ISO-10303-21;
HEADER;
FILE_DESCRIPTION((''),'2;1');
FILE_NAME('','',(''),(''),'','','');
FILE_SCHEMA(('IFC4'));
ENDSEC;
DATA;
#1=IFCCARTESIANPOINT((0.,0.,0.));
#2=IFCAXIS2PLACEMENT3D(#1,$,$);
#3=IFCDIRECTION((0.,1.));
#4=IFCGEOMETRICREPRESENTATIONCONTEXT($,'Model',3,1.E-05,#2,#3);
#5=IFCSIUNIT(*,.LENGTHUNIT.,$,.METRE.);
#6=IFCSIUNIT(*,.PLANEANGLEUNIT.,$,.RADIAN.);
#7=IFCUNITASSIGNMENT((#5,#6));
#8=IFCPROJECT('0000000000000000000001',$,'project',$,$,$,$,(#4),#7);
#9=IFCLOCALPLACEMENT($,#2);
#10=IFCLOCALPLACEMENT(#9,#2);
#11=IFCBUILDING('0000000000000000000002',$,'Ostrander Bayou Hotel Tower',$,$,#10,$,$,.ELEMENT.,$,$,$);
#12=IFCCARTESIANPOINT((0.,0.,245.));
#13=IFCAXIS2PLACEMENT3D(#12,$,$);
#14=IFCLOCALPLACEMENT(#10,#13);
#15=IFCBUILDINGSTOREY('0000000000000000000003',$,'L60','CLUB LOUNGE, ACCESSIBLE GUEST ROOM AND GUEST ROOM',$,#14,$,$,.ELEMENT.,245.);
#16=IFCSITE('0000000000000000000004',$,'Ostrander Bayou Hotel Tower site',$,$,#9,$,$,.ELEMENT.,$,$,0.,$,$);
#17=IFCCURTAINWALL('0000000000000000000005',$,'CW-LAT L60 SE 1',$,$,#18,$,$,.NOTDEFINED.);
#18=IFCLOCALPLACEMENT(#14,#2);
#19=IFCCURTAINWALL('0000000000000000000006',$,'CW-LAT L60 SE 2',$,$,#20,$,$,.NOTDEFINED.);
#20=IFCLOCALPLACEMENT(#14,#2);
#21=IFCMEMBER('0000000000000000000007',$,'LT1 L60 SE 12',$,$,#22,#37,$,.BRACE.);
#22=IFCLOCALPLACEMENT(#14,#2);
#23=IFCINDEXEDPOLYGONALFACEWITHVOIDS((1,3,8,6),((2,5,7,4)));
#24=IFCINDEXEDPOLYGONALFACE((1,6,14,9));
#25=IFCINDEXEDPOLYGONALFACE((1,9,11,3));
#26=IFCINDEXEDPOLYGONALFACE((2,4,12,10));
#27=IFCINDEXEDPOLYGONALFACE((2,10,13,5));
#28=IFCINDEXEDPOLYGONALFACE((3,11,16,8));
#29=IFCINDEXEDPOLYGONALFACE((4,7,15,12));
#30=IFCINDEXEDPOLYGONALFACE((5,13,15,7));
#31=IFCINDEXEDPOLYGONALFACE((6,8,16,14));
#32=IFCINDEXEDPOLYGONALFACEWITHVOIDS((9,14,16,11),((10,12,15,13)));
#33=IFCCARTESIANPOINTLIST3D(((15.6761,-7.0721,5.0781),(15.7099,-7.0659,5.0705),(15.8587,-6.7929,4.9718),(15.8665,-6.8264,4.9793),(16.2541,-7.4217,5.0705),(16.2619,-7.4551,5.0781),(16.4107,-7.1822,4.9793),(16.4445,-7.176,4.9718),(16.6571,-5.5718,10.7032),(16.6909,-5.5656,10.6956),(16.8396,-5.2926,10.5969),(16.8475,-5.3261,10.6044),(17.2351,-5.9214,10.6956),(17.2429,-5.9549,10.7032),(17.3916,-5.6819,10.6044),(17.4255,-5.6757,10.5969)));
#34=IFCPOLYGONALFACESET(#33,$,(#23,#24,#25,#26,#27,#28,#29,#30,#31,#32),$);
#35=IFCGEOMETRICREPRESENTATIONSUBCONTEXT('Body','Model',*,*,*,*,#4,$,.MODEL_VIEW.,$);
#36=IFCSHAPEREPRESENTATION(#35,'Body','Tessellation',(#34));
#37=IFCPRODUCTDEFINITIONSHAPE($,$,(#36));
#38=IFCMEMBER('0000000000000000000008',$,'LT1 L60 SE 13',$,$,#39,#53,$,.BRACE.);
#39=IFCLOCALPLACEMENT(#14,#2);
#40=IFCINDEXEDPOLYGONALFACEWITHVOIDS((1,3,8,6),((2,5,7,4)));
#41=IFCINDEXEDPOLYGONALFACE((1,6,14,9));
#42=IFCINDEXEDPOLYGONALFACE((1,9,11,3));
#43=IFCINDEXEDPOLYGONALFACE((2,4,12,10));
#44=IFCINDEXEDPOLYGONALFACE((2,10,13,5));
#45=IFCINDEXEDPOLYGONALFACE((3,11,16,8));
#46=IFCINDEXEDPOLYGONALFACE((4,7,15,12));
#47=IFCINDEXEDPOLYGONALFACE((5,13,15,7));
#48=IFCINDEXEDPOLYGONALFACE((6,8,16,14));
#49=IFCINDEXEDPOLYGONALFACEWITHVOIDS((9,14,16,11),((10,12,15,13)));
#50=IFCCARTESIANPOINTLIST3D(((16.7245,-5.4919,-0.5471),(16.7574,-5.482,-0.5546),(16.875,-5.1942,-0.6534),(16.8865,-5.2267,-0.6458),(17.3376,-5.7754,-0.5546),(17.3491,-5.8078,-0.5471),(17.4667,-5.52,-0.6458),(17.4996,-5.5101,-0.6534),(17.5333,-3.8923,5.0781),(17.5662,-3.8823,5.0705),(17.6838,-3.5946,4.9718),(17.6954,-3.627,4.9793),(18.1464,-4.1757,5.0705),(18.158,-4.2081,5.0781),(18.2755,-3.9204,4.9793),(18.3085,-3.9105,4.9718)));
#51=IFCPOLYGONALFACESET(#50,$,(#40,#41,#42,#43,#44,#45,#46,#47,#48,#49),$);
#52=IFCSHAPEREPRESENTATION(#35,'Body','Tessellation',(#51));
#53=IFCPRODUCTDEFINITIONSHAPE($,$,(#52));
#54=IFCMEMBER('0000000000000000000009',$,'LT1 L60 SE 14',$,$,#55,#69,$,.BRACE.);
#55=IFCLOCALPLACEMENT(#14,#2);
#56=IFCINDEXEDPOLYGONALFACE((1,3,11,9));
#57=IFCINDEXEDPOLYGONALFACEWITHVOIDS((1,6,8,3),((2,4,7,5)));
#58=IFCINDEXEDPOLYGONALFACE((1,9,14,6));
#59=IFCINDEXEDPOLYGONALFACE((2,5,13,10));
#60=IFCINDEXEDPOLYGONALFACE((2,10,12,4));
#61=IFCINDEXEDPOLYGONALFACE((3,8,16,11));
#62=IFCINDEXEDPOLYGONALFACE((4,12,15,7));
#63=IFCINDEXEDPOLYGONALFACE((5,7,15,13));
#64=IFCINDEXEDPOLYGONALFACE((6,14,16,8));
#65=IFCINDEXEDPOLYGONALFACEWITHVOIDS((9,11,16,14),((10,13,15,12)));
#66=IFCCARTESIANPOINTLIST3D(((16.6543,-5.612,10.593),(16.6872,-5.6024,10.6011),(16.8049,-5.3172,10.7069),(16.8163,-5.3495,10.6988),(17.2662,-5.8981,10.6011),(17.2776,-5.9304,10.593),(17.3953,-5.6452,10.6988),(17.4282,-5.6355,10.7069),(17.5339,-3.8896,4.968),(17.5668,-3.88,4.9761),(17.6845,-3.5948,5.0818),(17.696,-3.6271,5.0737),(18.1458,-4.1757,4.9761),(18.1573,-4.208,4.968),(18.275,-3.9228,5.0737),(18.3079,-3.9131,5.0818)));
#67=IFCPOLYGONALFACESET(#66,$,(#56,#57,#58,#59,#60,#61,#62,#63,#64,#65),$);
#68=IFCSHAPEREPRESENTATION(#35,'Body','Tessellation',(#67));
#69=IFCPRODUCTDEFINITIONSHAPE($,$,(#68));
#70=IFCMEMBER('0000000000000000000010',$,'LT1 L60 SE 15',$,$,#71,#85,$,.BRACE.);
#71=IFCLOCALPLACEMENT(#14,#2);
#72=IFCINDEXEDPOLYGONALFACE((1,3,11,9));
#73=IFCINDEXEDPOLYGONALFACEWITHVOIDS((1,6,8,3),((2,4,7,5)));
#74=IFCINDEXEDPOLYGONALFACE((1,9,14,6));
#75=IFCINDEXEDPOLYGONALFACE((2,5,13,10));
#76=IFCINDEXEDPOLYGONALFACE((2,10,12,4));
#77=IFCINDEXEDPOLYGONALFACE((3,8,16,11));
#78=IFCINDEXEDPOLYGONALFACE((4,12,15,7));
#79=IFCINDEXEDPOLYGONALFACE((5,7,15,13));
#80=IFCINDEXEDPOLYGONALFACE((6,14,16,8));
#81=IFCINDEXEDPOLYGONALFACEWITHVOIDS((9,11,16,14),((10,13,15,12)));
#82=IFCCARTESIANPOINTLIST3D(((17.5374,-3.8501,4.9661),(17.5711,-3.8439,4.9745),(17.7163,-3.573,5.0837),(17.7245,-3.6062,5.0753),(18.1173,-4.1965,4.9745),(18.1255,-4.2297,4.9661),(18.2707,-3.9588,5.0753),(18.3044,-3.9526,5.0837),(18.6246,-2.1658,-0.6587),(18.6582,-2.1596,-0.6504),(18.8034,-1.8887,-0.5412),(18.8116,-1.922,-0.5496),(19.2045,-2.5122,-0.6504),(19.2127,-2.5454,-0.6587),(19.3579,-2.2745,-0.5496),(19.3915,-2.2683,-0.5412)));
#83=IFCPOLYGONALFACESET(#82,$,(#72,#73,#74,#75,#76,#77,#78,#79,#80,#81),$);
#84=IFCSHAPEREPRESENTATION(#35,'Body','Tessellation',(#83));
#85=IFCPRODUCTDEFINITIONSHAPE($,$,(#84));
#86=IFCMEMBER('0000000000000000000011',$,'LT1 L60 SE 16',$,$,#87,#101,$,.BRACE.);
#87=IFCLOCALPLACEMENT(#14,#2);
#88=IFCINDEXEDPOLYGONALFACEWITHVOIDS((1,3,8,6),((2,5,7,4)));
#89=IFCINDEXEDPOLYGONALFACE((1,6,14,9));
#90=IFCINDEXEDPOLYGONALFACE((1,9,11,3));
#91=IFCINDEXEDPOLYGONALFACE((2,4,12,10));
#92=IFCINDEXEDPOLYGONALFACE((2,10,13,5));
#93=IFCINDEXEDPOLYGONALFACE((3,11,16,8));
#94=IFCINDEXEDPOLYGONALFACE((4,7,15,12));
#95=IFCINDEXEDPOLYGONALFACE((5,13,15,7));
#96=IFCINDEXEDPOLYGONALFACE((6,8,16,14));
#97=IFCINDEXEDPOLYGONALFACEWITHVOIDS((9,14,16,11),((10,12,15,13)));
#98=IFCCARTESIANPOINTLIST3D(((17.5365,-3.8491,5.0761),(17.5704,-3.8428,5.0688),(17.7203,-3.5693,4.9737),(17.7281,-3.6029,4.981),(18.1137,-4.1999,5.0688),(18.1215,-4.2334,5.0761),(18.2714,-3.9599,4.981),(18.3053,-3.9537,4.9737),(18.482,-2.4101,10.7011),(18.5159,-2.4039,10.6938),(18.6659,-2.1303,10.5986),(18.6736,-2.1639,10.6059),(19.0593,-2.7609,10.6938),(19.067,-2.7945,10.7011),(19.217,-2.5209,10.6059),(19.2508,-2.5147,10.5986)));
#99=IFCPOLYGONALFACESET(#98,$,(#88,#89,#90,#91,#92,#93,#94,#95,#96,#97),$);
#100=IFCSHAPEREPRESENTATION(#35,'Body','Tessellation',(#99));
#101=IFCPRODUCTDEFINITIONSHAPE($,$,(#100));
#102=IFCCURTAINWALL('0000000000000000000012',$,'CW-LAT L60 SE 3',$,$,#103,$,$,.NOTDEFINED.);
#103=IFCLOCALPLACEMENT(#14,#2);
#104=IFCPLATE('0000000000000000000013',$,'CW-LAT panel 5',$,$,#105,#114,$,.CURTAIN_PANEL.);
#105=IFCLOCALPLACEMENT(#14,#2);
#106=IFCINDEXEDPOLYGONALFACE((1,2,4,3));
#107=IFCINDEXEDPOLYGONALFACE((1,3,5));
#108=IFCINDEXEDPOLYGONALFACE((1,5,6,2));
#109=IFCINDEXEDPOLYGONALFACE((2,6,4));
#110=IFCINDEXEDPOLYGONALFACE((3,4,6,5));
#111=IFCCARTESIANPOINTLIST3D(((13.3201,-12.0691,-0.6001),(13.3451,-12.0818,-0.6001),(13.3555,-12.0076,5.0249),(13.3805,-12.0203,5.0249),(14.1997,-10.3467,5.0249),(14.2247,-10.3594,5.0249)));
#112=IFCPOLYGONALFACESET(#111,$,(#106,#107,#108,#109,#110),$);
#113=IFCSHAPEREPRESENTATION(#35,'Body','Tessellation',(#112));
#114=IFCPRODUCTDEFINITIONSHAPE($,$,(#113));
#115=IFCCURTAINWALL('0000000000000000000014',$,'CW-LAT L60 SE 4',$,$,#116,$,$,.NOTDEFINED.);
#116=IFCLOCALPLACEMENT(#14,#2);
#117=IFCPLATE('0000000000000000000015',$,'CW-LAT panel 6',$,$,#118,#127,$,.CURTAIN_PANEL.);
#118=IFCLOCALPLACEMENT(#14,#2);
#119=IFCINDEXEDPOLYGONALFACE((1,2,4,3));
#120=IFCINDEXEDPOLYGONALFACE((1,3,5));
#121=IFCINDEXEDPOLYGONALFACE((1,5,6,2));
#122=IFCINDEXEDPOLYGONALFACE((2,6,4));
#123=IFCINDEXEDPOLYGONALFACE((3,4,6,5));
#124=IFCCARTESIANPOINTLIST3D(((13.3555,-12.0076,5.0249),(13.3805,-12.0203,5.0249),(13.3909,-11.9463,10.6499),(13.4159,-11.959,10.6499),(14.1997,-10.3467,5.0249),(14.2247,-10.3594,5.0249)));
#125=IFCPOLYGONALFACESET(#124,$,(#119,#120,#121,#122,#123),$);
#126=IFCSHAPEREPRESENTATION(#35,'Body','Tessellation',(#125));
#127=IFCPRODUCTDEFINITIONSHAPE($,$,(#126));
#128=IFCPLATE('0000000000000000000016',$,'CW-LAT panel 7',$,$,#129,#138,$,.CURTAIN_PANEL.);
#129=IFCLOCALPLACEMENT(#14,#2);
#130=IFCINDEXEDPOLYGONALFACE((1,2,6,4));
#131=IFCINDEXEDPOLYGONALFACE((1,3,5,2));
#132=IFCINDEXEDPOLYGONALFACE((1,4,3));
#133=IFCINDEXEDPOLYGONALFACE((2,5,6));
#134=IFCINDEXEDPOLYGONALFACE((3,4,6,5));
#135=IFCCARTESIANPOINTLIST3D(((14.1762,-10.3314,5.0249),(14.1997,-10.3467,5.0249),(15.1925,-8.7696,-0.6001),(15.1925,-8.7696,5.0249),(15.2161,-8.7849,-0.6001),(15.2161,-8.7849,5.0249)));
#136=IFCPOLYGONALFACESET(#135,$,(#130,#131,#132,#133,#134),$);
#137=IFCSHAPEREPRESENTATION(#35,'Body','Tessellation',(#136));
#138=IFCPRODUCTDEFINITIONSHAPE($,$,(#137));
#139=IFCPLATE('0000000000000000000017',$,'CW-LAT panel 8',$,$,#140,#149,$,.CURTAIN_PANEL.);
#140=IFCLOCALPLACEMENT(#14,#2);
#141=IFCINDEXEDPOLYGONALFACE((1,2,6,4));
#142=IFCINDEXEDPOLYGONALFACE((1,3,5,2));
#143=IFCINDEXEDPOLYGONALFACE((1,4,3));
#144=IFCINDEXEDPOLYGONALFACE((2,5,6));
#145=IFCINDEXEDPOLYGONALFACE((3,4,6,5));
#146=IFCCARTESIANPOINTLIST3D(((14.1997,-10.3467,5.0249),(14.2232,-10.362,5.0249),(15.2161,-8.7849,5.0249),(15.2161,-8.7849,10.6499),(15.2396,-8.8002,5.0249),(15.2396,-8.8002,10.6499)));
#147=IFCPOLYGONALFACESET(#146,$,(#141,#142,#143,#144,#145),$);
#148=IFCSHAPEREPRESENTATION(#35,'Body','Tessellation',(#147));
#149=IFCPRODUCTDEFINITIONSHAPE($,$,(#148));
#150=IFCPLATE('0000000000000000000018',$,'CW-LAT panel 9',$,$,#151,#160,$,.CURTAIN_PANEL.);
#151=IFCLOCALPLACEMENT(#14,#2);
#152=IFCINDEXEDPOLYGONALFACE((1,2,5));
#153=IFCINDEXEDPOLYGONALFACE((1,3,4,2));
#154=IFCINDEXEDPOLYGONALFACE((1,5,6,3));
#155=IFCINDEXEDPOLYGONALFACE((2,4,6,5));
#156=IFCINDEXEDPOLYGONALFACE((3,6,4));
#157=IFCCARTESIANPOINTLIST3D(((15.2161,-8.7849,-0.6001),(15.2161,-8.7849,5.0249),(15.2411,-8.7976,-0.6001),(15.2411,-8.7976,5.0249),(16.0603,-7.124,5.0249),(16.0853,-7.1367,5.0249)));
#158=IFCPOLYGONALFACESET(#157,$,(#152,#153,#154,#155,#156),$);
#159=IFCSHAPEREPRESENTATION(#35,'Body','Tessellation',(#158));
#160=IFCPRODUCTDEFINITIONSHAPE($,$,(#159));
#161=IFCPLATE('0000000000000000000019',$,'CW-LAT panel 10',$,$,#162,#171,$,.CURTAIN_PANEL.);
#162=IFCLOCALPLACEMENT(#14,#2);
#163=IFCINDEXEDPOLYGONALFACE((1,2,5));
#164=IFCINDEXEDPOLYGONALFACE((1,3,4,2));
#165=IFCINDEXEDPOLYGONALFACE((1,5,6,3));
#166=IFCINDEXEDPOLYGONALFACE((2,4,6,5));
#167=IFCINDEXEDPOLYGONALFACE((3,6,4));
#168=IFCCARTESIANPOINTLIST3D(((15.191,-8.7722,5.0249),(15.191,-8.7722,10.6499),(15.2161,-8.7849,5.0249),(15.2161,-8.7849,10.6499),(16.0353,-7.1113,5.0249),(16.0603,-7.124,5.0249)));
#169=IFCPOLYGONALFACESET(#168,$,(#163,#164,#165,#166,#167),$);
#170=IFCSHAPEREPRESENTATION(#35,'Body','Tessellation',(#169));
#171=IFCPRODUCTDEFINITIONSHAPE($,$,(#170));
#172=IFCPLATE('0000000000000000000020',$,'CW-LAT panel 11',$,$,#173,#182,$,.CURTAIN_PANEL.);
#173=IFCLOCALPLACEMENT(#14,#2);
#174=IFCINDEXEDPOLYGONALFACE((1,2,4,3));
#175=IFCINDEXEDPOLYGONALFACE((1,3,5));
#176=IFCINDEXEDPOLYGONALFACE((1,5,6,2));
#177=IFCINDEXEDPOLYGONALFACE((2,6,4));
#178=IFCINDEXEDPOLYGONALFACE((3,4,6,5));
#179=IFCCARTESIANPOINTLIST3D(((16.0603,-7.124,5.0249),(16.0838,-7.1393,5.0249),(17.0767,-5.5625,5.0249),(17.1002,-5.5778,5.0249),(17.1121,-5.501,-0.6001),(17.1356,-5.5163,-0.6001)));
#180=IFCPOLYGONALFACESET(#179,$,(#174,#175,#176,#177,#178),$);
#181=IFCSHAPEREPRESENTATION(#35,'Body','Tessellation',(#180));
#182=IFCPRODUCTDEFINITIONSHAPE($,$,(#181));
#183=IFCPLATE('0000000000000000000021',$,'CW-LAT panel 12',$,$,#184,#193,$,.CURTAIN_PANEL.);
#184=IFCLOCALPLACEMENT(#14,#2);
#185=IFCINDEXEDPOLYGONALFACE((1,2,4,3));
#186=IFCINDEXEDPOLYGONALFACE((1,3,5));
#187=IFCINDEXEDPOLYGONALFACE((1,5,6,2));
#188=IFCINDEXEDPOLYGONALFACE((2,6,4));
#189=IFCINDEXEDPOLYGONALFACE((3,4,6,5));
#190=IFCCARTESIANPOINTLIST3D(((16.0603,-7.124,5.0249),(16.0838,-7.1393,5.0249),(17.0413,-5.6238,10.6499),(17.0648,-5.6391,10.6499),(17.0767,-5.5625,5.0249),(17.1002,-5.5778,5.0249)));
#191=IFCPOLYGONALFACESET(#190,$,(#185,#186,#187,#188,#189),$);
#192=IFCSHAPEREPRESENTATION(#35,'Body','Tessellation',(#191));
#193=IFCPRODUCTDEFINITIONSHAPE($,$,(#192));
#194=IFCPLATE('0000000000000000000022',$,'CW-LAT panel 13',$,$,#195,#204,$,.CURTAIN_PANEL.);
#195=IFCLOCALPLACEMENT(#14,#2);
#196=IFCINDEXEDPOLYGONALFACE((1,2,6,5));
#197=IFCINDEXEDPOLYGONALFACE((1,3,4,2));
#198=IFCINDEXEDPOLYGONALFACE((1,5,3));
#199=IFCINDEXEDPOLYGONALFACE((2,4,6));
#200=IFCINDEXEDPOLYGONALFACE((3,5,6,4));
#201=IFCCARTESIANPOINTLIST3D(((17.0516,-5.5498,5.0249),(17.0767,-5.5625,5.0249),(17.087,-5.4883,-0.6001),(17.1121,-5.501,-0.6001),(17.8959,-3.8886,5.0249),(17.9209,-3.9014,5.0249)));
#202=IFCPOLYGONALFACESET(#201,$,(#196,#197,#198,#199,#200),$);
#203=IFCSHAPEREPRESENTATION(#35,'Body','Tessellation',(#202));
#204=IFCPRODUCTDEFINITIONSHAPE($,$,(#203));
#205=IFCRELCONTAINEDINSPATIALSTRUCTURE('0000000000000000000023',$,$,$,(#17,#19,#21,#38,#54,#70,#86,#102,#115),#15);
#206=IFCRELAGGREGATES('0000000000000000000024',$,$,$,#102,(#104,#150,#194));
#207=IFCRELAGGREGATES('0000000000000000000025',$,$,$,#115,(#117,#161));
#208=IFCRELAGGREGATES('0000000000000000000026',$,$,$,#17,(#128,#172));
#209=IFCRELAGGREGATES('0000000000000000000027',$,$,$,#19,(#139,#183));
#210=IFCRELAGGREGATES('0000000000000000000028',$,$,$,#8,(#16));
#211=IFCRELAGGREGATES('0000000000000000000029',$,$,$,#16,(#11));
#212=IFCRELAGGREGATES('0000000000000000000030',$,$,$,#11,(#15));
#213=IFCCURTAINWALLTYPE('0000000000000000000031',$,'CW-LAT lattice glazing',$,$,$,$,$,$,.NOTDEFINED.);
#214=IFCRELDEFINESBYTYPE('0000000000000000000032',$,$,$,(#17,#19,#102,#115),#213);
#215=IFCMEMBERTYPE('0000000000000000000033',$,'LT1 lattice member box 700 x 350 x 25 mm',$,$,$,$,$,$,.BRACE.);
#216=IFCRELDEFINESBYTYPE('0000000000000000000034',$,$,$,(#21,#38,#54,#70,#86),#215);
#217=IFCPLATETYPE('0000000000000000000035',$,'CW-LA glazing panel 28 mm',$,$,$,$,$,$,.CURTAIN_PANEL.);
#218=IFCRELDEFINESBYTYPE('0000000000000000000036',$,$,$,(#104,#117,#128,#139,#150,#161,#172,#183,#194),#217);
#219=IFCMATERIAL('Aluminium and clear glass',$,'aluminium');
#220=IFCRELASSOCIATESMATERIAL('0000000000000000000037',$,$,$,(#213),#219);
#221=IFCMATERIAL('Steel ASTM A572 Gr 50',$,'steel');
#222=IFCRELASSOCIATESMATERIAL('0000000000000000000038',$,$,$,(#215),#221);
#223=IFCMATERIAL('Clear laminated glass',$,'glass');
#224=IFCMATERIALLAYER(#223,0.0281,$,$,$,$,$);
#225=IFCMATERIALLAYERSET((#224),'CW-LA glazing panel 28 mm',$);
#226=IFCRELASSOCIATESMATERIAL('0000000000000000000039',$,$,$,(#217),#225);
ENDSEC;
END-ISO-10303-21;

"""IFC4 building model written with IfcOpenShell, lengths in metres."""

from ifc_helpers import new_model, si_unit, direction, frame, origin, origin_2d, place, context, subcontext, project, spatial, polyline, hollow_rectangle, outline, extrude, material, layer, layer_set, material_profile, profile_set, type_object, element, aggregate, save


model = new_model("IFC4")

# Units and contexts
model_context = context("Model", 3, precision=1e-05, world=origin(), true_north=direction((0.0, 1.0)))
body_context = subcontext(model_context, "Body", "Model", "MODEL_VIEW")
ifc_project = project(units=[si_unit("LENGTHUNIT", "METRE"), si_unit("PLANEANGLEUNIT", "RADIAN")], contexts=[model_context])

# Site, building, storey
site_placement = place(None, origin())
site = spatial("IfcSite", under=ifc_project, at=site_placement, Name="Ostrander Bayou Hotel Tower site", CompositionType="ELEMENT", RefElevation=0.0)
building_placement = place(site_placement, origin())
building = spatial("IfcBuilding", under=site, at=building_placement, Name="Ostrander Bayou Hotel Tower", CompositionType="ELEMENT")
storey_placement = place(building_placement, frame((0.0, 0.0, 245.0)))
storey = spatial("IfcBuildingStorey", under=building, at=storey_placement, Name="L60", Description="CLUB LOUNGE, ACCESSIBLE GUEST ROOM AND GUEST ROOM", CompositionType="ELEMENT", Elevation=245.0)

# Curtain walls
ifc_material_1 = material(Name="Aluminium and clear glass", Category="aluminium")
curtain_wall_type = type_object("IfcCurtainWallType", Name="CW-LAT lattice glazing", PredefinedType="NOTDEFINED", material=ifc_material_1)
curtain_wall_1_placement = place(storey_placement, origin())
curtain_wall_1 = element("IfcCurtainWall", 1, at=curtain_wall_1_placement, inside=storey, type_object=curtain_wall_type, Name="CW-LAT L60 SE 1", PredefinedType="NOTDEFINED")
curtain_wall_2_placement = place(storey_placement, origin())
curtain_wall_2 = element("IfcCurtainWall", 2, at=curtain_wall_2_placement, inside=storey, type_object=curtain_wall_type, Name="CW-LAT L60 SE 2", PredefinedType="NOTDEFINED")

# Members
ifc_material_2 = material(Name="Steel ASTM A572 Gr 50", Category="steel")
ifc_material_profile_1 = material_profile(ifc_material_2, hollow_rectangle(XDim=0.7, YDim=0.3501, WallThickness=0.0249, at=origin_2d()))
ifc_profile_set_1 = profile_set([ifc_material_profile_1], Name="Steel ASTM A572 Gr 50")
member_type_1 = type_object("IfcMemberType", Name="LT1 lattice member box 700 x 350 x 25 mm", PredefinedType="BRACE", material=ifc_profile_set_1)
for number, where, z_axis, x_axis, name in (
    (3, (16.0603, -7.124, 5.0249), (0.16616, 0.254119, 0.952793), (-0.836962, 0.54726, 0.0), "LT1 L60 SE 12"),
    (4, (17.9209, -3.9014, 5.0249), (-0.137005, -0.270951, -0.952793), (0.892402, -0.451241, 0.0), "LT1 L60 SE 13"),
):
    element("IfcMember", number, at=place(storey_placement, frame(where, z_axis=z_axis, x_axis=x_axis)), inside=storey, type_object=member_type_1, Name=name, PredefinedType="BRACE", context=body_context, shape_type="SweptSolid", body=[
        extrude(hollow_rectangle(XDim=0.7, YDim=0.3501, WallThickness=0.0249, at=origin_2d()), origin(), (0.0, 0.0, 1.0), 5.9038),
    ])
member_1_placement = place(storey_placement, frame((17.9209, -3.9014, 5.0249), z_axis=(-0.147883, -0.289569, 0.945664), x_axis=(0.890582, -0.454822, 0.0)))
element("IfcMember", 5, at=member_1_placement, inside=storey, type_object=member_type_1, Name="LT1 L60 SE 14", PredefinedType="BRACE", context=body_context, shape_type="SweptSolid", body=[
    extrude(hollow_rectangle(XDim=0.7, YDim=0.3501, WallThickness=0.0249, at=origin_2d()), origin(), (0.0, 0.0, 1.0), 5.9482),
])
member_2_placement = place(storey_placement, frame((17.9209, -3.9014, 5.0249), z_axis=(0.182056, 0.282058, -0.941965), x_axis=(-0.840184, 0.542302, 0.0)))
element("IfcMember", 6, at=member_2_placement, inside=storey, type_object=member_type_1, Name="LT1 L60 SE 15", PredefinedType="BRACE", context=body_context, shape_type="SweptSolid", body=[
    extrude(hollow_rectangle(XDim=0.7, YDim=0.3501, WallThickness=0.0249, at=origin_2d()), origin(), (0.0, 0.0, 1.0), 5.9714),
])
member_3_placement = place(storey_placement, frame((17.9209, -3.9014, 5.0249), z_axis=(0.160737, 0.244613, 0.956205), x_axis=(-0.835718, 0.549158, 0.0)))
element("IfcMember", 7, at=member_3_placement, inside=storey, type_object=member_type_1, Name="LT1 L60 SE 16", PredefinedType="BRACE", context=body_context, shape_type="SweptSolid", body=[
    extrude(hollow_rectangle(XDim=0.7, YDim=0.3501, WallThickness=0.0249, at=origin_2d()), origin(), (0.0, 0.0, 1.0), 5.8826),
])

# Curtain walls, plates
curtain_wall_3_placement = place(storey_placement, origin())
curtain_wall_3 = element("IfcCurtainWall", 8, at=curtain_wall_3_placement, inside=storey, type_object=curtain_wall_type, Name="CW-LAT L60 SE 3", PredefinedType="NOTDEFINED")
ifc_material_3 = material(Name="Clear laminated glass", Category="glass")
ifc_layer_1 = layer(ifc_material_3, 0.0281)
ifc_layer_set_1 = layer_set([ifc_layer_1], Name="CW-LA glazing panel 28 mm")
plate_type = type_object("IfcPlateType", Name="CW-LA glazing panel 28 mm", PredefinedType="CURTAIN_PANEL", material=ifc_layer_set_1)
plate_1_placement = place(storey_placement, frame((14.1997, -10.3467, 5.0249), z_axis=(-0.891446, 0.453127, 0.000654), x_axis=(-0.147883, -0.289569, -0.945664)))
plate_1 = element("IfcPlate", 9, at=plate_1_placement, type_object=plate_type, Name="CW-LAT panel 5", PredefinedType="CURTAIN_PANEL", context=body_context, shape_type="SweptSolid", body=[
    extrude(outline(polyline([(0.0, 0.0), (5.9482, 0.0), (0.6058, 1.7619), (0.0, 0.0)])), origin(), (0.0, 0.0, -1.0), 0.0281),
])
curtain_wall_4_placement = place(storey_placement, origin())
curtain_wall_4 = element("IfcCurtainWall", 10, at=curtain_wall_4_placement, inside=storey, type_object=curtain_wall_type, Name="CW-LAT L60 SE 4", PredefinedType="NOTDEFINED")
plate_2_placement = place(storey_placement, frame((14.1997, -10.3467, 5.0249), z_axis=(-0.891446, 0.453127, 0.000674), x_axis=(-0.137005, -0.270951, 0.952793)))
plate_2 = element("IfcPlate", 11, at=plate_2_placement, type_object=plate_type, Name="CW-LAT panel 6", PredefinedType="CURTAIN_PANEL", context=body_context, shape_type="SweptSolid", body=[
    extrude(outline(polyline([(0.0, 0.0), (5.9037, 0.0), (0.5657, -1.7752), (0.0, 0.0)])), origin(), (0.0, 0.0, -1.0), 0.0281),
])

# Plates
plate_3_placement = place(storey_placement, frame((14.1997, -10.3467, 5.0249), z_axis=(0.838147, -0.545444, 0.0), x_axis=(0.17152, 0.263563, -0.949271)))
plate_3 = element("IfcPlate", 12, at=plate_3_placement, type_object=plate_type, Name="CW-LAT panel 7", PredefinedType="CURTAIN_PANEL", context=body_context, shape_type="SweptSolid", body=[
    extrude(outline(polyline([(0.0, 0.0), (5.9256, 0.0), (0.5859, 1.7688), (0.0, 0.0)])), origin(), (0.0, 0.0, -1.0), 0.0281),
])
plate_4_placement = place(storey_placement, frame((14.1997, -10.3467, 5.0249), z_axis=(-0.838147, 0.545444, 0.0), x_axis=(0.17152, 0.263563, 0.949271)))
plate_4 = element("IfcPlate", 13, at=plate_4_placement, type_object=plate_type, Name="CW-LAT panel 8", PredefinedType="CURTAIN_PANEL", context=body_context, shape_type="SweptSolid", body=[
    extrude(outline(polyline([(0.0, 0.0), (5.9256, 0.0), (0.5859, 1.7688), (0.0, 0.0)])), origin(), (0.0, 0.0, -1.0), 0.0281),
])
plate_5_placement = place(storey_placement, frame((16.0603, -7.124, 5.0249), z_axis=(-0.891446, 0.453127, 0.0), x_axis=(-0.142475, -0.280294, -0.949282)))
plate_5 = element("IfcPlate", 14, at=plate_5_placement, type_object=plate_type, Name="CW-LAT panel 9", PredefinedType="CURTAIN_PANEL", context=body_context, shape_type="SweptSolid", body=[
    extrude(outline(polyline([(0.0, 0.0), (5.9255, 0.0), (0.5858, 1.7686), (0.0, 0.0)])), origin(), (0.0, 0.0, -1.0), 0.0281),
])
plate_6_placement = place(storey_placement, frame((16.0603, -7.124, 5.0249), z_axis=(0.891446, -0.453127, 0.0), x_axis=(-0.142475, -0.280294, 0.949282)))
plate_6 = element("IfcPlate", 15, at=plate_6_placement, type_object=plate_type, Name="CW-LAT panel 10", PredefinedType="CURTAIN_PANEL", context=body_context, shape_type="SweptSolid", body=[
    extrude(outline(polyline([(0.0, 0.0), (5.9255, 0.0), (0.5858, 1.7686), (0.0, 0.0)])), origin(), (0.0, 0.0, -1.0), 0.0281),
])
plate_7_placement = place(storey_placement, frame((16.0603, -7.124, 5.0249), z_axis=(-0.838108, 0.545504, 0.000692), x_axis=(0.176819, 0.272863, -0.945664)))
plate_7 = element("IfcPlate", 16, at=plate_7_placement, type_object=plate_type, Name="CW-LAT panel 11", PredefinedType="CURTAIN_PANEL", context=body_context, shape_type="SweptSolid", body=[
    extrude(outline(polyline([(0.0, 0.0), (5.9482, 0.0), (0.6058, -1.7619), (0.0, 0.0)])), origin(), (0.0, 0.0, -1.0), 0.0281),
])
plate_8_placement = place(storey_placement, frame((16.0603, -7.124, 5.0249), z_axis=(-0.838108, 0.545504, 0.000668), x_axis=(0.16616, 0.254119, 0.952793)))
plate_8 = element("IfcPlate", 17, at=plate_8_placement, type_object=plate_type, Name="CW-LAT panel 12", PredefinedType="CURTAIN_PANEL", context=body_context, shape_type="SweptSolid", body=[
    extrude(outline(polyline([(0.0, 0.0), (5.9037, 0.0), (0.5657, 1.7752), (0.0, 0.0)])), origin(), (0.0, 0.0, -1.0), 0.0281),
])
plate_9_placement = place(storey_placement, frame((17.9209, -3.9014, 5.0249), z_axis=(0.891473, -0.453074, 0.000655), x_axis=(-0.137005, -0.270951, -0.952793)))
plate_9 = element("IfcPlate", 18, at=plate_9_placement, type_object=plate_type, Name="CW-LAT panel 13", PredefinedType="CURTAIN_PANEL", context=body_context, shape_type="SweptSolid", body=[
    extrude(outline(polyline([(0.0, 0.0), (5.9037, 0.0), (0.5658, -1.7754), (0.0, 0.0)])), origin(), (0.0, 0.0, -1.0), 0.0281),
])
aggregate(curtain_wall_3, [plate_1, plate_5, plate_9])
aggregate(curtain_wall_4, [plate_2, plate_6])
aggregate(curtain_wall_1, [plate_3, plate_7])
aggregate(curtain_wall_2, [plate_4, plate_8])

save(model, "model.ifc")
